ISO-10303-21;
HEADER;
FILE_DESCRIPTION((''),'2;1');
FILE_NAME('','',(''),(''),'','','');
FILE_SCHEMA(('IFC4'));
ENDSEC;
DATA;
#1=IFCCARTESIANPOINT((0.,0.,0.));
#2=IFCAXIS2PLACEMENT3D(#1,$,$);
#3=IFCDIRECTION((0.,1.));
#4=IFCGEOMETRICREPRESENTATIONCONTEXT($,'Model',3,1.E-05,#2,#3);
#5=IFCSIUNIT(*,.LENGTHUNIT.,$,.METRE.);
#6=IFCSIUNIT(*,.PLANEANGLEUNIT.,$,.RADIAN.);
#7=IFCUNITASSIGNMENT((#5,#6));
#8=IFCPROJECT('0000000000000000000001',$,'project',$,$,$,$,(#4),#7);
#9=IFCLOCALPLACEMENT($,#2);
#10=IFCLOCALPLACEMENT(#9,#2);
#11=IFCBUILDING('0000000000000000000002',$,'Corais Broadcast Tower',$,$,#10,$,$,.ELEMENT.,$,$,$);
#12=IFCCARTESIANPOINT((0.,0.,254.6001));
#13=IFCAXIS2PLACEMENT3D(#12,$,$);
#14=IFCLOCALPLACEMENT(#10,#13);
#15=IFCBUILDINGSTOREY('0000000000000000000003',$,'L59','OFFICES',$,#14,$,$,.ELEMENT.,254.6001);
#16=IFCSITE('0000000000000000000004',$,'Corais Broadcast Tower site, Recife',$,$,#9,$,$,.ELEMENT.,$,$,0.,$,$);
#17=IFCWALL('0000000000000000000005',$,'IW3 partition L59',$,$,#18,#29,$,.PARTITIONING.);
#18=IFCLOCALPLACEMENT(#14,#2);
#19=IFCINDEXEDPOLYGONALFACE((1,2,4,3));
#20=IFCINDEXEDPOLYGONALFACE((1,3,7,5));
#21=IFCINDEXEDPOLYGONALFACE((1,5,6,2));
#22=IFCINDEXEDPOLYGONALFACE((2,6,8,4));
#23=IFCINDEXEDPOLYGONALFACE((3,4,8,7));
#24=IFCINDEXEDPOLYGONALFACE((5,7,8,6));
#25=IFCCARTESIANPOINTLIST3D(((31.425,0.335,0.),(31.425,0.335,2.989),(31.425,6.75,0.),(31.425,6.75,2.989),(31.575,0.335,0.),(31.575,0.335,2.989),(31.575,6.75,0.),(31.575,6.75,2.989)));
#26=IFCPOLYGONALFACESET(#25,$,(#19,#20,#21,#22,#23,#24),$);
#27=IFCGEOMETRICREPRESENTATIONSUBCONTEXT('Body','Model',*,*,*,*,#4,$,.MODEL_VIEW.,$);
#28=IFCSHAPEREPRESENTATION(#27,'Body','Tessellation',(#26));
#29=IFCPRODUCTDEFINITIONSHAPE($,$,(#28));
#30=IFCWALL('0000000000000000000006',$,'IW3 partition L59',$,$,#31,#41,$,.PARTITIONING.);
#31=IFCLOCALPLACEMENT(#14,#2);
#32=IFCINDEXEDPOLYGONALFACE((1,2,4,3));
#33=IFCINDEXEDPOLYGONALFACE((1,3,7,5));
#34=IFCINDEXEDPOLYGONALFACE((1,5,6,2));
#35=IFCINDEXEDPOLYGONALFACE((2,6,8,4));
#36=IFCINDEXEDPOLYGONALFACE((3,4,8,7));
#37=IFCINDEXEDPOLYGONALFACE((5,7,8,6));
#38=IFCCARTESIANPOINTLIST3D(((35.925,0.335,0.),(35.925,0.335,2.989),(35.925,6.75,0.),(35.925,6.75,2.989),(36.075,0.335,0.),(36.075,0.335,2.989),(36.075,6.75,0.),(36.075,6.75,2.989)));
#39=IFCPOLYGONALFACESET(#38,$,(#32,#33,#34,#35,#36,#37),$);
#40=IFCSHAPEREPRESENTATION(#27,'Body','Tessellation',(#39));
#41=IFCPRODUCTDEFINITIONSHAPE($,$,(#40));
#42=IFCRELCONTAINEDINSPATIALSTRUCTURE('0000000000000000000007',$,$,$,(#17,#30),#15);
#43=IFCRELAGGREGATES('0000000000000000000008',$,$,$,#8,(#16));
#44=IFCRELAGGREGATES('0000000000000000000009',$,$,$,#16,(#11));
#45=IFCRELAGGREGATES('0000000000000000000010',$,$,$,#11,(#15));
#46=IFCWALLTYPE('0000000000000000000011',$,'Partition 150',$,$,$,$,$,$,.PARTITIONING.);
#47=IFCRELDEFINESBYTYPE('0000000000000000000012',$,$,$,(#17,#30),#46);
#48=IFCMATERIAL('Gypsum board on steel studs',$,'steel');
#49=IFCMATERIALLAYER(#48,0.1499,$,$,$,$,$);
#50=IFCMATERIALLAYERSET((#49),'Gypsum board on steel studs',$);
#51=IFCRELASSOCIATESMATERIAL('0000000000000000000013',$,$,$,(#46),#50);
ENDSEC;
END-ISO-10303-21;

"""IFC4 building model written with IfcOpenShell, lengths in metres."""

from ifc_helpers import new_model, si_unit, direction, frame, frame_2d, origin, place, context, subcontext, project, spatial, rectangle, extrude, material, layer, layer_set, type_object, element, save


model = new_model("IFC4")

# Units and contexts
model_context = context("Model", 3, precision=1e-05, world=origin(), true_north=direction((0.0, 1.0)))
body_context = subcontext(model_context, "Body", "Model", "MODEL_VIEW")
ifc_project = project(units=[si_unit("LENGTHUNIT", "METRE"), si_unit("PLANEANGLEUNIT", "RADIAN")], contexts=[model_context])

# Site, building, storey
site_placement = place(None, origin())
site = spatial("IfcSite", under=ifc_project, at=site_placement, Name="Corais Broadcast Tower site, Recife", CompositionType="ELEMENT", RefElevation=0.0)
building_placement = place(site_placement, origin())
building = spatial("IfcBuilding", under=site, at=building_placement, Name="Corais Broadcast Tower", CompositionType="ELEMENT")
storey_placement = place(building_placement, frame((0.0, 0.0, 254.6001)))
storey = spatial("IfcBuildingStorey", under=building, at=storey_placement, Name="L59", Description="OFFICES", CompositionType="ELEMENT", Elevation=254.6001)

# Walls
ifc_material_1 = material(Name="Gypsum board on steel studs", Category="steel")
ifc_layer_1 = layer(ifc_material_1, 0.1499)
ifc_layer_set_1 = layer_set([ifc_layer_1], Name="Gypsum board on steel studs")
wall_type = type_object("IfcWallType", Name="Partition 150", PredefinedType="PARTITIONING", material=ifc_layer_set_1)
for number, where, z_axis, x_axis, name in (
    (1, (31.5, 0.335, 0.0), (0.0, 0.0, 1.0), (0.0, 1.0, 0.0), "IW3 partition L59"),
    (2, (36.0, 0.335, 0.0), (0.0, 0.0, 1.0), (0.0, 1.0, 0.0), "IW3 partition L59"),
):
    element("IfcWall", number, at=place(storey_placement, frame(where, z_axis=z_axis, x_axis=x_axis)), inside=storey, type_object=wall_type, Name=name, PredefinedType="PARTITIONING", context=body_context, shape_type="SweptSolid", body=[
        extrude(rectangle(XDim=6.415, YDim=0.1499, at=frame_2d((3.2075, 0.0))), origin(), (0.0, 0.0, 1.0), 2.989),
    ])

save(model, "model.ifc")
